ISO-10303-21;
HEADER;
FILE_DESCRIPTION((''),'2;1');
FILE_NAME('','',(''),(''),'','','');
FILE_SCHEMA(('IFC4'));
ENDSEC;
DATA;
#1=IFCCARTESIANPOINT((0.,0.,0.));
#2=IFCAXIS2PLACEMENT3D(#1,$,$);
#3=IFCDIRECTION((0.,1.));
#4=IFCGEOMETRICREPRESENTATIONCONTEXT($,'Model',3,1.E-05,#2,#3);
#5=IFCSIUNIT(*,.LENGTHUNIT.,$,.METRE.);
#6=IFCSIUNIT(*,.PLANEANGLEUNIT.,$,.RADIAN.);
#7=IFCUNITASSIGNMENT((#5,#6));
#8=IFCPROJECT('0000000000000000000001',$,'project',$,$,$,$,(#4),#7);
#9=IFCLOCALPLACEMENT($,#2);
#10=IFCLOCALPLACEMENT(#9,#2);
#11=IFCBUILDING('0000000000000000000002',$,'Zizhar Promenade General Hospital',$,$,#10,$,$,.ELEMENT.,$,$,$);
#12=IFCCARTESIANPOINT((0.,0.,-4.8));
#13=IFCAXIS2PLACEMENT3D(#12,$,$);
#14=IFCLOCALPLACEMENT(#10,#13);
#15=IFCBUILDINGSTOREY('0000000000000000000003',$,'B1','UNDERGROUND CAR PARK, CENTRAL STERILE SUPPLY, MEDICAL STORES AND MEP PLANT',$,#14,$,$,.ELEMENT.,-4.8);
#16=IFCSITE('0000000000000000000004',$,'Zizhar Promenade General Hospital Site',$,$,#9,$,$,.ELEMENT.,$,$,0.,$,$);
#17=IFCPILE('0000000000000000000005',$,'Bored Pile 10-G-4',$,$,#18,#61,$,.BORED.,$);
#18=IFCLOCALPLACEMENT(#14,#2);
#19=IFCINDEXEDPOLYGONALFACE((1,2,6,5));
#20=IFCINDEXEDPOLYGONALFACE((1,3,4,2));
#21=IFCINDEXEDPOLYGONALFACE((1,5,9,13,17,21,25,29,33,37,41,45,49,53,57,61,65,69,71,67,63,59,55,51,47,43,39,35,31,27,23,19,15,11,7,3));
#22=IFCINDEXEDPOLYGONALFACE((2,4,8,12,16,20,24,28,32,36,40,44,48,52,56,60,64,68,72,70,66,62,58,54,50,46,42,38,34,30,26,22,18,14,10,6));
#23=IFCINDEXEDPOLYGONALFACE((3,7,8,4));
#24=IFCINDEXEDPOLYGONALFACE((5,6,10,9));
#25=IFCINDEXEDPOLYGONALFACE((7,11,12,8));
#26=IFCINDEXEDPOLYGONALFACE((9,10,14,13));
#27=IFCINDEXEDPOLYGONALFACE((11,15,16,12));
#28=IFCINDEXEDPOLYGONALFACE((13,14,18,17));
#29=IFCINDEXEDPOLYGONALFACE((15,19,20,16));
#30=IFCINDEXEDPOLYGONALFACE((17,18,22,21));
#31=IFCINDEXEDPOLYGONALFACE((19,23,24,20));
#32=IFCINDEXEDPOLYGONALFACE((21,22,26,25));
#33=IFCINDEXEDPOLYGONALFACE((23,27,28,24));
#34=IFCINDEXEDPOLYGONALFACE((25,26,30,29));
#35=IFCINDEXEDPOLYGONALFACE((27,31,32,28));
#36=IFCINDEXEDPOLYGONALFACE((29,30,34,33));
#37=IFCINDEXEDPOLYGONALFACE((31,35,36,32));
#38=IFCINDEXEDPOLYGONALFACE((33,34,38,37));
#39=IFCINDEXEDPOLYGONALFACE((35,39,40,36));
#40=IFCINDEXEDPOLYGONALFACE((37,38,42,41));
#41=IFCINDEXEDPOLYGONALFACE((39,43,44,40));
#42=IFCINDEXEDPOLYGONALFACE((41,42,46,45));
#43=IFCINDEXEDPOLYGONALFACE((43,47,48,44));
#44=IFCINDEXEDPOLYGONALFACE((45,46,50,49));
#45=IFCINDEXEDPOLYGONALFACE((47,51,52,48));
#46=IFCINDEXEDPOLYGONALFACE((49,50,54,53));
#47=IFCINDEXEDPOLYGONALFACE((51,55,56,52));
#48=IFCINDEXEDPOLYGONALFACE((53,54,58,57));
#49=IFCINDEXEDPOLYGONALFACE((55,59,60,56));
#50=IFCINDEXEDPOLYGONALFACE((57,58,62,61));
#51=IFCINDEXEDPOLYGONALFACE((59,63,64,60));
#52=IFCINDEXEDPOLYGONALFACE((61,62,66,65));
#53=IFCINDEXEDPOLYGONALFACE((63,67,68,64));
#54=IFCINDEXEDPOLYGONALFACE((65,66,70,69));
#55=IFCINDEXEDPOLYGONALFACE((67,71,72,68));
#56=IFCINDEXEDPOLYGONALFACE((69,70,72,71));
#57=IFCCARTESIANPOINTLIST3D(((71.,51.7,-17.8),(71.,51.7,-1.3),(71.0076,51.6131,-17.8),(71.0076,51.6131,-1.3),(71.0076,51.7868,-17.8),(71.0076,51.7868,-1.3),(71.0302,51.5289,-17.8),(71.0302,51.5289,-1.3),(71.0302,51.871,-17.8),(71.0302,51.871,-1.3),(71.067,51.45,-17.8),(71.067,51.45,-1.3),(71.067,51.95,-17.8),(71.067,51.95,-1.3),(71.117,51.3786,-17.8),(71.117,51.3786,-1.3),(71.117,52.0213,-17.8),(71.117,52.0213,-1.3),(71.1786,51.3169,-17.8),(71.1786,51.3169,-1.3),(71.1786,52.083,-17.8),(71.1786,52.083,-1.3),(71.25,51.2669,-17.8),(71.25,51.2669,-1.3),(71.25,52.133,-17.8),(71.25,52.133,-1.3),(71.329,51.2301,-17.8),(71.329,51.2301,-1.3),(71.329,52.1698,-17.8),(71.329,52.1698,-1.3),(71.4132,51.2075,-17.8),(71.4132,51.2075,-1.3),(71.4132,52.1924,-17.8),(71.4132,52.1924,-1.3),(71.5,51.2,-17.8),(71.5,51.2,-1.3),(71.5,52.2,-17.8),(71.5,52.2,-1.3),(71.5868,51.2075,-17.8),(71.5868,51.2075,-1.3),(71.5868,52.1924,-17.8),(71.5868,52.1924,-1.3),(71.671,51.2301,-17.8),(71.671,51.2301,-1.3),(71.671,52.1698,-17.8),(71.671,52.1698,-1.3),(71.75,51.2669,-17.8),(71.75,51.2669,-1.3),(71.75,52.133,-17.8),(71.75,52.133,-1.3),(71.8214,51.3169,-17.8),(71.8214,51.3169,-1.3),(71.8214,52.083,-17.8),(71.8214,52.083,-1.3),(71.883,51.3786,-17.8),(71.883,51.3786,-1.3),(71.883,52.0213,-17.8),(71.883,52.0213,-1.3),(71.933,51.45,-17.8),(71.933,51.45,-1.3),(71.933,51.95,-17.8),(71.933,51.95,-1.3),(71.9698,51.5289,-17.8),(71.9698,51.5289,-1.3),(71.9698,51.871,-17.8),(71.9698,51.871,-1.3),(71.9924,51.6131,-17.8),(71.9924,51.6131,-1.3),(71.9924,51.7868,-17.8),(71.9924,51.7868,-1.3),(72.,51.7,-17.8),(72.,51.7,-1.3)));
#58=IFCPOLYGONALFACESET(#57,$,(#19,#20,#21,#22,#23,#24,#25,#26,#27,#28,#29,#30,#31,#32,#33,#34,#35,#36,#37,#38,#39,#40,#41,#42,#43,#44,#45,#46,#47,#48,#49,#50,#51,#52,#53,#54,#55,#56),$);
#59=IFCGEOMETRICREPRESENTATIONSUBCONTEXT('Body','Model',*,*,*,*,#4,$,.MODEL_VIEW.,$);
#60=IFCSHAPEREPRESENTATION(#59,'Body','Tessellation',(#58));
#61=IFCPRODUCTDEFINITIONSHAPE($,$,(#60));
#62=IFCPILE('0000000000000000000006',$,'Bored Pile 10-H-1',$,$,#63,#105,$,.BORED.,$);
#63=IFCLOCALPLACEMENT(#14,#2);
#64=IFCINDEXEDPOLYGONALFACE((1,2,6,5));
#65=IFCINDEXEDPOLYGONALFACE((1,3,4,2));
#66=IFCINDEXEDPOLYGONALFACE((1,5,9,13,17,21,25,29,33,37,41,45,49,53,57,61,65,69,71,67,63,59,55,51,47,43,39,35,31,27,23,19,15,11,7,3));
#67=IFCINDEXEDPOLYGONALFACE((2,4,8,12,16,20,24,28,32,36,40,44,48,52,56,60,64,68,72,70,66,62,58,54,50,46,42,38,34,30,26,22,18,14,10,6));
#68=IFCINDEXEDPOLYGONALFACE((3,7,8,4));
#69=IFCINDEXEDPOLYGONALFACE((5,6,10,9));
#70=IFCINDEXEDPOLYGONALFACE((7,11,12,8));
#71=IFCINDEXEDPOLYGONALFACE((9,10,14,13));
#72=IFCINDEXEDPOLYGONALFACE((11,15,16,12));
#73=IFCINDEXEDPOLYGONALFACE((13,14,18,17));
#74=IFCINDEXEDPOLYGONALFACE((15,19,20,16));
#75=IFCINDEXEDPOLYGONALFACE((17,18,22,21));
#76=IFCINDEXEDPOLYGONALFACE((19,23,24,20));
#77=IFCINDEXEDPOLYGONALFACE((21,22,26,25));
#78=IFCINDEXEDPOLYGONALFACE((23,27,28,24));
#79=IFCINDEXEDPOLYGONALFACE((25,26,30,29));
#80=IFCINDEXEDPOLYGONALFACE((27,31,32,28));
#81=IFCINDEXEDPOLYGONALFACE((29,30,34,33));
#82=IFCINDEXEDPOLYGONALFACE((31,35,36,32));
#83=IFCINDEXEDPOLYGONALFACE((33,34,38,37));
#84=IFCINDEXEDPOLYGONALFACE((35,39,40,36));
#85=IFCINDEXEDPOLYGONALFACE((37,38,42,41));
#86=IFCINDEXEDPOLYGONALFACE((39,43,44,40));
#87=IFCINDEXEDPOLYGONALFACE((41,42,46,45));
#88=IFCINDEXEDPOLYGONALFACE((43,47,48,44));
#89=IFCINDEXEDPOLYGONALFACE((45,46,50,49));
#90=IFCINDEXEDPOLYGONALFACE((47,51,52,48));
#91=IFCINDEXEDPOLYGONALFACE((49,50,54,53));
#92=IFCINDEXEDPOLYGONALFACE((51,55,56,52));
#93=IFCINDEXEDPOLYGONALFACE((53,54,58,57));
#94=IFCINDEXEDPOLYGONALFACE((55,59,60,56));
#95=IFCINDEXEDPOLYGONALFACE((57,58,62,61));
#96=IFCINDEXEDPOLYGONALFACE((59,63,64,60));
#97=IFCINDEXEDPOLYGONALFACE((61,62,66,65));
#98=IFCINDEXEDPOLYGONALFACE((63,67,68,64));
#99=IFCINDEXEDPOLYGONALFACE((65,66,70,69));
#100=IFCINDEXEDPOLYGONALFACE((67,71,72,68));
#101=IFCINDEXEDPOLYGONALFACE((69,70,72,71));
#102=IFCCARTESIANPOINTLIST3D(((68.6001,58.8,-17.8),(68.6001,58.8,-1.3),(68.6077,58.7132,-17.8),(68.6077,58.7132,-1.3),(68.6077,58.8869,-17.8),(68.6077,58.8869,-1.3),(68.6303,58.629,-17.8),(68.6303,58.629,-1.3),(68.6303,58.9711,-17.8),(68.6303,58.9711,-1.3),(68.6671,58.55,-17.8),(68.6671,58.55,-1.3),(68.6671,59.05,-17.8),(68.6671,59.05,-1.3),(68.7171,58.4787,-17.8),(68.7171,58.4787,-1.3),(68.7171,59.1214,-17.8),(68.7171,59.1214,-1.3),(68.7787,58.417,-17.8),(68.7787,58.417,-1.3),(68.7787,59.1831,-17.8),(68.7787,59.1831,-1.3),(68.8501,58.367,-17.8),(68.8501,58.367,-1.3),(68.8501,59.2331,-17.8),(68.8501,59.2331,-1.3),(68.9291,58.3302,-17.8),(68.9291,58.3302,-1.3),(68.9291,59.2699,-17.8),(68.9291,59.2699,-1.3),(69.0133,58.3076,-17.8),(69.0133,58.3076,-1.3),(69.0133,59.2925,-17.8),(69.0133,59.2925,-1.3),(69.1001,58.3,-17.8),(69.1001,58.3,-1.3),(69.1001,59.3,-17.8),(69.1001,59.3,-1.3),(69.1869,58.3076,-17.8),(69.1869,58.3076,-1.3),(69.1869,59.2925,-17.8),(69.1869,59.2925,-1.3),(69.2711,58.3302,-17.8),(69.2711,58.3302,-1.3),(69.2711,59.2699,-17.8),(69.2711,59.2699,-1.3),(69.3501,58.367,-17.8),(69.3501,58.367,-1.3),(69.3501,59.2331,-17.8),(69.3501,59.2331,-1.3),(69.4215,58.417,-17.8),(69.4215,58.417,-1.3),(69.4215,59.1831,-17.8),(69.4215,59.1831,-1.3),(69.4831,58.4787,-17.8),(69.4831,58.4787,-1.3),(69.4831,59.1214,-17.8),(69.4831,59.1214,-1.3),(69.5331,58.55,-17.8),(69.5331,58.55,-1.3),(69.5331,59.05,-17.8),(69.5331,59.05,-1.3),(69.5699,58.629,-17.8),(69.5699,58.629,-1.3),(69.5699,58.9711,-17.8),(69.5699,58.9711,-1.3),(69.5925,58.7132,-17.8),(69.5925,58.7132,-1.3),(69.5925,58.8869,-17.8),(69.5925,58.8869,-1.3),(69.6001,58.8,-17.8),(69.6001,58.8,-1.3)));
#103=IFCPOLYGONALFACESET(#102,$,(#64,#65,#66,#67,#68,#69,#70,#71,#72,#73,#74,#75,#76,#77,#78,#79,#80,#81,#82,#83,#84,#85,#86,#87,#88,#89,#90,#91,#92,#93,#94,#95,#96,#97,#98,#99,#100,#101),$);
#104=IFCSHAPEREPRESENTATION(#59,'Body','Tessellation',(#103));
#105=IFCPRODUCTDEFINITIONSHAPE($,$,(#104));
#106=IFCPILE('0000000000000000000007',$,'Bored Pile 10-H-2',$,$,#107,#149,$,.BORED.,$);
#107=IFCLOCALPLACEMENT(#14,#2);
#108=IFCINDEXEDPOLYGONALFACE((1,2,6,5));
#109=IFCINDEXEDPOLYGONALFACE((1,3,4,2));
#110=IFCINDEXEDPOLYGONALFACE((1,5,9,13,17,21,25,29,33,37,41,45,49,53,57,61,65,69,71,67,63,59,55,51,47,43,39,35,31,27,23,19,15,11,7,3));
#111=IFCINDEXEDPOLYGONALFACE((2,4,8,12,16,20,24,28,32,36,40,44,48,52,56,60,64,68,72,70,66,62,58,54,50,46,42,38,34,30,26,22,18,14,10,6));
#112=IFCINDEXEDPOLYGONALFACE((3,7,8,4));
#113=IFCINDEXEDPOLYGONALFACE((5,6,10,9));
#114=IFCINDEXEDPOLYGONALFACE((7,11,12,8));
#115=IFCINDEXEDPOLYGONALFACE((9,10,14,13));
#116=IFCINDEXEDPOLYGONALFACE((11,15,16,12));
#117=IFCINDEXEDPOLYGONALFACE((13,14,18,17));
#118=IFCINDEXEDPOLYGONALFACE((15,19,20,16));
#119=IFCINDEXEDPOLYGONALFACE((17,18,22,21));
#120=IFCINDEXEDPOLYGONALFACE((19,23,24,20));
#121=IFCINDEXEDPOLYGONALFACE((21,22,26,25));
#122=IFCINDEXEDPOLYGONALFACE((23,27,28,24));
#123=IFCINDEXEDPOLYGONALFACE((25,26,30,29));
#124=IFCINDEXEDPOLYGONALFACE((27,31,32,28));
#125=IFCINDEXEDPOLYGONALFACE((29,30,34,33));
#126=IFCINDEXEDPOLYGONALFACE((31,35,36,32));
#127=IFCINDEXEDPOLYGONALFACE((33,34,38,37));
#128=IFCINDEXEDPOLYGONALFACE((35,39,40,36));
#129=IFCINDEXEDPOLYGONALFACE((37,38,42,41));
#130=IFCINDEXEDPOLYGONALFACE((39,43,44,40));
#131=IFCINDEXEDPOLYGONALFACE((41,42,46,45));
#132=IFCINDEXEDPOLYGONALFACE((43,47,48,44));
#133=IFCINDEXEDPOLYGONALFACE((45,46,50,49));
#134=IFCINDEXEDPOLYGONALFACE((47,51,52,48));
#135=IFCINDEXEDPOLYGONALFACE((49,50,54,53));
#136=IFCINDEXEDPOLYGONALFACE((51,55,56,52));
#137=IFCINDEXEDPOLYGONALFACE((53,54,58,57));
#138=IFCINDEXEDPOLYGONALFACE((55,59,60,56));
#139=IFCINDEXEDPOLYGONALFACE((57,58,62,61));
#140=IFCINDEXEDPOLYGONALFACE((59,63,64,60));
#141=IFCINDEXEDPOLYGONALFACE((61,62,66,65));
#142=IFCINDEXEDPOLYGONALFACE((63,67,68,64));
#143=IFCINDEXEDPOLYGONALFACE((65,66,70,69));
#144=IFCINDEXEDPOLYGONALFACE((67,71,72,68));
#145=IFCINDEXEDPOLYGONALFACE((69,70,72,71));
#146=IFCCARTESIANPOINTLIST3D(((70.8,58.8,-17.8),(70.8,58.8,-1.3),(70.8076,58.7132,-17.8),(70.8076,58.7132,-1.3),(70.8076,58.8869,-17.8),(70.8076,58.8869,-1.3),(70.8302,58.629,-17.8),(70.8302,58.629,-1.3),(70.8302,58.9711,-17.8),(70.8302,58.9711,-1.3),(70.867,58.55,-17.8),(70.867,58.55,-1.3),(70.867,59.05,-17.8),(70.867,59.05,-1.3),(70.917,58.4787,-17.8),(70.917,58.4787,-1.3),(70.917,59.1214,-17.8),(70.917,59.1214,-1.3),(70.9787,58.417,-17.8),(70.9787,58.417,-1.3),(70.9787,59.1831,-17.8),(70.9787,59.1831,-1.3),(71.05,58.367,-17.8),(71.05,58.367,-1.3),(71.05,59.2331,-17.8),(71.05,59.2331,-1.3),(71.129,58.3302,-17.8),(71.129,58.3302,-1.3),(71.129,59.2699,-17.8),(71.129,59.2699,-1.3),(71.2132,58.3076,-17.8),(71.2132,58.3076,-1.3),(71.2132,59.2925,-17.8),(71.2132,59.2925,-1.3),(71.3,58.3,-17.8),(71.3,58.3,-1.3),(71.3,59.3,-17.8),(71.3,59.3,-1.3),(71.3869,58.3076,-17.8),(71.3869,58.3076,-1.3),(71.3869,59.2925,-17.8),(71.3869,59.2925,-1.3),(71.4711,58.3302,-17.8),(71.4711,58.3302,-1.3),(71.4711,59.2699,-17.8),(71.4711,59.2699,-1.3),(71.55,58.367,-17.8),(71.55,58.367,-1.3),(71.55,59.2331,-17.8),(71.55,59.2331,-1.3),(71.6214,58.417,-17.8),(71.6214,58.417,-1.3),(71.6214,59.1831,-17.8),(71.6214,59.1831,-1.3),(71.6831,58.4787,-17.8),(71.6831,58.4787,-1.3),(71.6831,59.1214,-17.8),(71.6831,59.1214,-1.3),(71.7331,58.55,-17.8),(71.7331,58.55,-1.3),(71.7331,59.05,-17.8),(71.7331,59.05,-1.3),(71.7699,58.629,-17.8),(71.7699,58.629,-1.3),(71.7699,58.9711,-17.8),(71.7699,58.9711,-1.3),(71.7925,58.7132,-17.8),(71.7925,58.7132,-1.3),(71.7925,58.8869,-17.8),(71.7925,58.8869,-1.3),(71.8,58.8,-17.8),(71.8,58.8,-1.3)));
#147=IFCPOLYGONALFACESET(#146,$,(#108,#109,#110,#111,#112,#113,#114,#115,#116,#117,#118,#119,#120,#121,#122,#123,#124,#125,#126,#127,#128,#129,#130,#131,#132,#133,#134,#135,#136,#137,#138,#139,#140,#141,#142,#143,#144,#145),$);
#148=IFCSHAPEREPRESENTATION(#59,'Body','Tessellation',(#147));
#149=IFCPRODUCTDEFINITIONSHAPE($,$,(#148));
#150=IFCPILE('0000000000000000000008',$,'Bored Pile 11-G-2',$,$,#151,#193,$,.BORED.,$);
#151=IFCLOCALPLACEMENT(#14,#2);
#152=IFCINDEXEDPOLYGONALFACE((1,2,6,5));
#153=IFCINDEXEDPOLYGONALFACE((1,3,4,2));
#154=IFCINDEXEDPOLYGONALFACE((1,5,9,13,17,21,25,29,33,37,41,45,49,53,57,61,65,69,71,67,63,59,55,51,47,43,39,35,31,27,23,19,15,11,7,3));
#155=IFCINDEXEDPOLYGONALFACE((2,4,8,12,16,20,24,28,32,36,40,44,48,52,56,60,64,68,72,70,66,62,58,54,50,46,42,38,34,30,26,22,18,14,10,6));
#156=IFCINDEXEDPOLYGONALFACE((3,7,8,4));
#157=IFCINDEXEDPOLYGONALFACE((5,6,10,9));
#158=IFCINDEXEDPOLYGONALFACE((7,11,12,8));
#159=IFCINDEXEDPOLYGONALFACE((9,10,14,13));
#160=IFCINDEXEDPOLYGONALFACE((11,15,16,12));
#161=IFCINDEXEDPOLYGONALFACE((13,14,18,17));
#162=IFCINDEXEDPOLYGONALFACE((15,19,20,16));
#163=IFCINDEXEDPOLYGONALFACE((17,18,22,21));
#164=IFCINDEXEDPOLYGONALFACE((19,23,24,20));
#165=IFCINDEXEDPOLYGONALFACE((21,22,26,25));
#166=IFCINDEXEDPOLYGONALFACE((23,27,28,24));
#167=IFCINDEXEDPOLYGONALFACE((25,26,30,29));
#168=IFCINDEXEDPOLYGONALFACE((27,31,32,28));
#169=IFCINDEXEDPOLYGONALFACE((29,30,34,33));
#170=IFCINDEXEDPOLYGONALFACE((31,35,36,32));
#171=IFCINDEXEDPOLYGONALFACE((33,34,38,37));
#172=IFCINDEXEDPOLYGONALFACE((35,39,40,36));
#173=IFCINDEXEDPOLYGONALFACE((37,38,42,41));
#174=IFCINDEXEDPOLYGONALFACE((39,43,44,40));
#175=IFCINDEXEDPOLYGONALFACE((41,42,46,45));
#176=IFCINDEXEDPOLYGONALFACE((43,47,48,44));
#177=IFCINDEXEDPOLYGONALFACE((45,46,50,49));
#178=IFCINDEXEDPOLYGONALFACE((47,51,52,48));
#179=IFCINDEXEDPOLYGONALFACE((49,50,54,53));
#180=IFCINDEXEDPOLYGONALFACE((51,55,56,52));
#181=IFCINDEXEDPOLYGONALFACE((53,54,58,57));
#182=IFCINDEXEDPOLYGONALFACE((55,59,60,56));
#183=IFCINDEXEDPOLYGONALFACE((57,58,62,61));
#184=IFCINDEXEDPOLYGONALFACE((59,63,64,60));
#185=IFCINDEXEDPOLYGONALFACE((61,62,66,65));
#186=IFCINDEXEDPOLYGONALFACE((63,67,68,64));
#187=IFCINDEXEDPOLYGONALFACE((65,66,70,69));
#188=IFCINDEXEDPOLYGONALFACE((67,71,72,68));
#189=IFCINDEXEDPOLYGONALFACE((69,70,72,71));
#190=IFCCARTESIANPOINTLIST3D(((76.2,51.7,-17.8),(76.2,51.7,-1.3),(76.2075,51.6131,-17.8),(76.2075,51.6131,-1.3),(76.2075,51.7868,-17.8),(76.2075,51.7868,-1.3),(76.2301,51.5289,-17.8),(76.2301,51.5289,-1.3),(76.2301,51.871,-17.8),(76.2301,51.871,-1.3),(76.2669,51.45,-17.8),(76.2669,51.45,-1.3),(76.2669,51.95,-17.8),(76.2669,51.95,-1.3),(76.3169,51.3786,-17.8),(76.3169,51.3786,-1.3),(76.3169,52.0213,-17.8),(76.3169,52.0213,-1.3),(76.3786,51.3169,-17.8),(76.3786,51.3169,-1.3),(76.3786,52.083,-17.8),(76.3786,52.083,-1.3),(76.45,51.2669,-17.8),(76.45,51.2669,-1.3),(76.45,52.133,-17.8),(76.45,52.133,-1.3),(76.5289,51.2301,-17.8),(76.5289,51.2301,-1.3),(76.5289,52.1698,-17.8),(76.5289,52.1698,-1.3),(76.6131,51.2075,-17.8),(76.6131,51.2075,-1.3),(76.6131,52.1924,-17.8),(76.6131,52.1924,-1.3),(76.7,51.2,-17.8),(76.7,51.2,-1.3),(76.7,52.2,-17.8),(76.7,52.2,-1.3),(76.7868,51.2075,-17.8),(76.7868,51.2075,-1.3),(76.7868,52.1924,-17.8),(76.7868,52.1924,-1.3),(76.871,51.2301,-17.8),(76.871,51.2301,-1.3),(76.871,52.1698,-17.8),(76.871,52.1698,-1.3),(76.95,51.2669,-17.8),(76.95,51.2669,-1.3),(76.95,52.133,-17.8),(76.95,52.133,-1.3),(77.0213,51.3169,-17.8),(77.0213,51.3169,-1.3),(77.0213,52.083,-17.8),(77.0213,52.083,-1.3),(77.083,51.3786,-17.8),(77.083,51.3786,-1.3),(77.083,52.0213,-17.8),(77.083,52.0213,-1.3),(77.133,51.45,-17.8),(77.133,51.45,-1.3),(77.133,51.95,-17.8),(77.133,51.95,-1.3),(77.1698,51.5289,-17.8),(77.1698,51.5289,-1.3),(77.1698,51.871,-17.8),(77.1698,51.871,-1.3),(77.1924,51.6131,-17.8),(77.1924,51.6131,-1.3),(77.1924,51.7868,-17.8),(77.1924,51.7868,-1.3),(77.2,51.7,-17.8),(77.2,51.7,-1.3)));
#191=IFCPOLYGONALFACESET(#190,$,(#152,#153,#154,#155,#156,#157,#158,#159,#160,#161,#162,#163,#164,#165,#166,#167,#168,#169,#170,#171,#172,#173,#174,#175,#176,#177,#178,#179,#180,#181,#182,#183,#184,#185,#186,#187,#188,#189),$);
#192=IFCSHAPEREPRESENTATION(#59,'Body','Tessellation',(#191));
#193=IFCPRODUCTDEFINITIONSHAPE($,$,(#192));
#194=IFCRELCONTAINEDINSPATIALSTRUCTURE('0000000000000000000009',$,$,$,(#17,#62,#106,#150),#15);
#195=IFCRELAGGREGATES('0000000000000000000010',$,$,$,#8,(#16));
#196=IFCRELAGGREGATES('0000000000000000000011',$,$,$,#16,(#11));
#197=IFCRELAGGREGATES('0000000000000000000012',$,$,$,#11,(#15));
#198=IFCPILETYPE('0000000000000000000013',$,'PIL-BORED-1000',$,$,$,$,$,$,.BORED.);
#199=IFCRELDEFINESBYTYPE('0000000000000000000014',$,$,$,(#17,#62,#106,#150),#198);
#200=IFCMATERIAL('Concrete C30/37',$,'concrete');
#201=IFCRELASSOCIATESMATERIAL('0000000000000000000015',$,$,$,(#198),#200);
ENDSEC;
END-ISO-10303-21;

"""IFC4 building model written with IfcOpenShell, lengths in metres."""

from ifc_helpers import new_model, si_unit, direction, frame, origin, origin_2d, place, context, subcontext, project, spatial, circle, extrude, material, material_profile, profile_set, type_object, element, save


model = new_model("IFC4")

# Units and contexts
model_context = context("Model", 3, precision=1e-05, world=origin(), true_north=direction((0.0, 1.0)))
body_context = subcontext(model_context, "Body", "Model", "MODEL_VIEW")
ifc_project = project(units=[si_unit("LENGTHUNIT", "METRE"), si_unit("PLANEANGLEUNIT", "RADIAN")], contexts=[model_context])

# Site, building, storey
site_placement = place(None, origin())
site = spatial("IfcSite", under=ifc_project, at=site_placement, Name="Zizhar Promenade General Hospital Site", CompositionType="ELEMENT", RefElevation=0.0)
building_placement = place(site_placement, origin())
building = spatial("IfcBuilding", under=site, at=building_placement, Name="Zizhar Promenade General Hospital", CompositionType="ELEMENT")
storey_placement = place(building_placement, frame((0.0, 0.0, -4.8)))
storey = spatial("IfcBuildingStorey", under=building, at=storey_placement, Name="B1", Description="UNDERGROUND CAR PARK, CENTRAL STERILE SUPPLY, MEDICAL STORES AND MEP PLANT", CompositionType="ELEMENT", Elevation=-4.8)

# Piles
ifc_material_1 = material(Name="Concrete C30/37", Category="concrete")
ifc_material_profile_1 = material_profile(ifc_material_1, circle(Radius=0.5, at=origin_2d()))
ifc_profile_set_1 = profile_set([ifc_material_profile_1], Name="Concrete C30/37")
pile_type = type_object("IfcPileType", Name="PIL-BORED-1000", PredefinedType="BORED", material=ifc_profile_set_1)
for number, where, z_axis, x_axis, name in (
    (1, (71.5, 51.7, -1.3), (0.0, 0.0, -1.0), (1.0, 0.0, 0.0), "Bored Pile 10-G-4"),
    (2, (69.1001, 58.8, -1.3), (0.0, 0.0, -1.0), (1.0, 0.0, 0.0), "Bored Pile 10-H-1"),
    (3, (71.3, 58.8, -1.3), (0.0, 0.0, -1.0), (1.0, 0.0, 0.0), "Bored Pile 10-H-2"),
    (4, (76.7, 51.7, -1.3), (0.0, 0.0, -1.0), (1.0, 0.0, 0.0), "Bored Pile 11-G-2"),
):
    element("IfcPile", number, at=place(storey_placement, frame(where, z_axis=z_axis, x_axis=x_axis)), inside=storey, type_object=pile_type, Name=name, PredefinedType="BORED", context=body_context, shape_type="SweptSolid", body=[
        extrude(circle(Radius=0.5, at=origin_2d()), origin(), (0.0, 0.0, 1.0), 16.5),
    ])

save(model, "model.ifc")
